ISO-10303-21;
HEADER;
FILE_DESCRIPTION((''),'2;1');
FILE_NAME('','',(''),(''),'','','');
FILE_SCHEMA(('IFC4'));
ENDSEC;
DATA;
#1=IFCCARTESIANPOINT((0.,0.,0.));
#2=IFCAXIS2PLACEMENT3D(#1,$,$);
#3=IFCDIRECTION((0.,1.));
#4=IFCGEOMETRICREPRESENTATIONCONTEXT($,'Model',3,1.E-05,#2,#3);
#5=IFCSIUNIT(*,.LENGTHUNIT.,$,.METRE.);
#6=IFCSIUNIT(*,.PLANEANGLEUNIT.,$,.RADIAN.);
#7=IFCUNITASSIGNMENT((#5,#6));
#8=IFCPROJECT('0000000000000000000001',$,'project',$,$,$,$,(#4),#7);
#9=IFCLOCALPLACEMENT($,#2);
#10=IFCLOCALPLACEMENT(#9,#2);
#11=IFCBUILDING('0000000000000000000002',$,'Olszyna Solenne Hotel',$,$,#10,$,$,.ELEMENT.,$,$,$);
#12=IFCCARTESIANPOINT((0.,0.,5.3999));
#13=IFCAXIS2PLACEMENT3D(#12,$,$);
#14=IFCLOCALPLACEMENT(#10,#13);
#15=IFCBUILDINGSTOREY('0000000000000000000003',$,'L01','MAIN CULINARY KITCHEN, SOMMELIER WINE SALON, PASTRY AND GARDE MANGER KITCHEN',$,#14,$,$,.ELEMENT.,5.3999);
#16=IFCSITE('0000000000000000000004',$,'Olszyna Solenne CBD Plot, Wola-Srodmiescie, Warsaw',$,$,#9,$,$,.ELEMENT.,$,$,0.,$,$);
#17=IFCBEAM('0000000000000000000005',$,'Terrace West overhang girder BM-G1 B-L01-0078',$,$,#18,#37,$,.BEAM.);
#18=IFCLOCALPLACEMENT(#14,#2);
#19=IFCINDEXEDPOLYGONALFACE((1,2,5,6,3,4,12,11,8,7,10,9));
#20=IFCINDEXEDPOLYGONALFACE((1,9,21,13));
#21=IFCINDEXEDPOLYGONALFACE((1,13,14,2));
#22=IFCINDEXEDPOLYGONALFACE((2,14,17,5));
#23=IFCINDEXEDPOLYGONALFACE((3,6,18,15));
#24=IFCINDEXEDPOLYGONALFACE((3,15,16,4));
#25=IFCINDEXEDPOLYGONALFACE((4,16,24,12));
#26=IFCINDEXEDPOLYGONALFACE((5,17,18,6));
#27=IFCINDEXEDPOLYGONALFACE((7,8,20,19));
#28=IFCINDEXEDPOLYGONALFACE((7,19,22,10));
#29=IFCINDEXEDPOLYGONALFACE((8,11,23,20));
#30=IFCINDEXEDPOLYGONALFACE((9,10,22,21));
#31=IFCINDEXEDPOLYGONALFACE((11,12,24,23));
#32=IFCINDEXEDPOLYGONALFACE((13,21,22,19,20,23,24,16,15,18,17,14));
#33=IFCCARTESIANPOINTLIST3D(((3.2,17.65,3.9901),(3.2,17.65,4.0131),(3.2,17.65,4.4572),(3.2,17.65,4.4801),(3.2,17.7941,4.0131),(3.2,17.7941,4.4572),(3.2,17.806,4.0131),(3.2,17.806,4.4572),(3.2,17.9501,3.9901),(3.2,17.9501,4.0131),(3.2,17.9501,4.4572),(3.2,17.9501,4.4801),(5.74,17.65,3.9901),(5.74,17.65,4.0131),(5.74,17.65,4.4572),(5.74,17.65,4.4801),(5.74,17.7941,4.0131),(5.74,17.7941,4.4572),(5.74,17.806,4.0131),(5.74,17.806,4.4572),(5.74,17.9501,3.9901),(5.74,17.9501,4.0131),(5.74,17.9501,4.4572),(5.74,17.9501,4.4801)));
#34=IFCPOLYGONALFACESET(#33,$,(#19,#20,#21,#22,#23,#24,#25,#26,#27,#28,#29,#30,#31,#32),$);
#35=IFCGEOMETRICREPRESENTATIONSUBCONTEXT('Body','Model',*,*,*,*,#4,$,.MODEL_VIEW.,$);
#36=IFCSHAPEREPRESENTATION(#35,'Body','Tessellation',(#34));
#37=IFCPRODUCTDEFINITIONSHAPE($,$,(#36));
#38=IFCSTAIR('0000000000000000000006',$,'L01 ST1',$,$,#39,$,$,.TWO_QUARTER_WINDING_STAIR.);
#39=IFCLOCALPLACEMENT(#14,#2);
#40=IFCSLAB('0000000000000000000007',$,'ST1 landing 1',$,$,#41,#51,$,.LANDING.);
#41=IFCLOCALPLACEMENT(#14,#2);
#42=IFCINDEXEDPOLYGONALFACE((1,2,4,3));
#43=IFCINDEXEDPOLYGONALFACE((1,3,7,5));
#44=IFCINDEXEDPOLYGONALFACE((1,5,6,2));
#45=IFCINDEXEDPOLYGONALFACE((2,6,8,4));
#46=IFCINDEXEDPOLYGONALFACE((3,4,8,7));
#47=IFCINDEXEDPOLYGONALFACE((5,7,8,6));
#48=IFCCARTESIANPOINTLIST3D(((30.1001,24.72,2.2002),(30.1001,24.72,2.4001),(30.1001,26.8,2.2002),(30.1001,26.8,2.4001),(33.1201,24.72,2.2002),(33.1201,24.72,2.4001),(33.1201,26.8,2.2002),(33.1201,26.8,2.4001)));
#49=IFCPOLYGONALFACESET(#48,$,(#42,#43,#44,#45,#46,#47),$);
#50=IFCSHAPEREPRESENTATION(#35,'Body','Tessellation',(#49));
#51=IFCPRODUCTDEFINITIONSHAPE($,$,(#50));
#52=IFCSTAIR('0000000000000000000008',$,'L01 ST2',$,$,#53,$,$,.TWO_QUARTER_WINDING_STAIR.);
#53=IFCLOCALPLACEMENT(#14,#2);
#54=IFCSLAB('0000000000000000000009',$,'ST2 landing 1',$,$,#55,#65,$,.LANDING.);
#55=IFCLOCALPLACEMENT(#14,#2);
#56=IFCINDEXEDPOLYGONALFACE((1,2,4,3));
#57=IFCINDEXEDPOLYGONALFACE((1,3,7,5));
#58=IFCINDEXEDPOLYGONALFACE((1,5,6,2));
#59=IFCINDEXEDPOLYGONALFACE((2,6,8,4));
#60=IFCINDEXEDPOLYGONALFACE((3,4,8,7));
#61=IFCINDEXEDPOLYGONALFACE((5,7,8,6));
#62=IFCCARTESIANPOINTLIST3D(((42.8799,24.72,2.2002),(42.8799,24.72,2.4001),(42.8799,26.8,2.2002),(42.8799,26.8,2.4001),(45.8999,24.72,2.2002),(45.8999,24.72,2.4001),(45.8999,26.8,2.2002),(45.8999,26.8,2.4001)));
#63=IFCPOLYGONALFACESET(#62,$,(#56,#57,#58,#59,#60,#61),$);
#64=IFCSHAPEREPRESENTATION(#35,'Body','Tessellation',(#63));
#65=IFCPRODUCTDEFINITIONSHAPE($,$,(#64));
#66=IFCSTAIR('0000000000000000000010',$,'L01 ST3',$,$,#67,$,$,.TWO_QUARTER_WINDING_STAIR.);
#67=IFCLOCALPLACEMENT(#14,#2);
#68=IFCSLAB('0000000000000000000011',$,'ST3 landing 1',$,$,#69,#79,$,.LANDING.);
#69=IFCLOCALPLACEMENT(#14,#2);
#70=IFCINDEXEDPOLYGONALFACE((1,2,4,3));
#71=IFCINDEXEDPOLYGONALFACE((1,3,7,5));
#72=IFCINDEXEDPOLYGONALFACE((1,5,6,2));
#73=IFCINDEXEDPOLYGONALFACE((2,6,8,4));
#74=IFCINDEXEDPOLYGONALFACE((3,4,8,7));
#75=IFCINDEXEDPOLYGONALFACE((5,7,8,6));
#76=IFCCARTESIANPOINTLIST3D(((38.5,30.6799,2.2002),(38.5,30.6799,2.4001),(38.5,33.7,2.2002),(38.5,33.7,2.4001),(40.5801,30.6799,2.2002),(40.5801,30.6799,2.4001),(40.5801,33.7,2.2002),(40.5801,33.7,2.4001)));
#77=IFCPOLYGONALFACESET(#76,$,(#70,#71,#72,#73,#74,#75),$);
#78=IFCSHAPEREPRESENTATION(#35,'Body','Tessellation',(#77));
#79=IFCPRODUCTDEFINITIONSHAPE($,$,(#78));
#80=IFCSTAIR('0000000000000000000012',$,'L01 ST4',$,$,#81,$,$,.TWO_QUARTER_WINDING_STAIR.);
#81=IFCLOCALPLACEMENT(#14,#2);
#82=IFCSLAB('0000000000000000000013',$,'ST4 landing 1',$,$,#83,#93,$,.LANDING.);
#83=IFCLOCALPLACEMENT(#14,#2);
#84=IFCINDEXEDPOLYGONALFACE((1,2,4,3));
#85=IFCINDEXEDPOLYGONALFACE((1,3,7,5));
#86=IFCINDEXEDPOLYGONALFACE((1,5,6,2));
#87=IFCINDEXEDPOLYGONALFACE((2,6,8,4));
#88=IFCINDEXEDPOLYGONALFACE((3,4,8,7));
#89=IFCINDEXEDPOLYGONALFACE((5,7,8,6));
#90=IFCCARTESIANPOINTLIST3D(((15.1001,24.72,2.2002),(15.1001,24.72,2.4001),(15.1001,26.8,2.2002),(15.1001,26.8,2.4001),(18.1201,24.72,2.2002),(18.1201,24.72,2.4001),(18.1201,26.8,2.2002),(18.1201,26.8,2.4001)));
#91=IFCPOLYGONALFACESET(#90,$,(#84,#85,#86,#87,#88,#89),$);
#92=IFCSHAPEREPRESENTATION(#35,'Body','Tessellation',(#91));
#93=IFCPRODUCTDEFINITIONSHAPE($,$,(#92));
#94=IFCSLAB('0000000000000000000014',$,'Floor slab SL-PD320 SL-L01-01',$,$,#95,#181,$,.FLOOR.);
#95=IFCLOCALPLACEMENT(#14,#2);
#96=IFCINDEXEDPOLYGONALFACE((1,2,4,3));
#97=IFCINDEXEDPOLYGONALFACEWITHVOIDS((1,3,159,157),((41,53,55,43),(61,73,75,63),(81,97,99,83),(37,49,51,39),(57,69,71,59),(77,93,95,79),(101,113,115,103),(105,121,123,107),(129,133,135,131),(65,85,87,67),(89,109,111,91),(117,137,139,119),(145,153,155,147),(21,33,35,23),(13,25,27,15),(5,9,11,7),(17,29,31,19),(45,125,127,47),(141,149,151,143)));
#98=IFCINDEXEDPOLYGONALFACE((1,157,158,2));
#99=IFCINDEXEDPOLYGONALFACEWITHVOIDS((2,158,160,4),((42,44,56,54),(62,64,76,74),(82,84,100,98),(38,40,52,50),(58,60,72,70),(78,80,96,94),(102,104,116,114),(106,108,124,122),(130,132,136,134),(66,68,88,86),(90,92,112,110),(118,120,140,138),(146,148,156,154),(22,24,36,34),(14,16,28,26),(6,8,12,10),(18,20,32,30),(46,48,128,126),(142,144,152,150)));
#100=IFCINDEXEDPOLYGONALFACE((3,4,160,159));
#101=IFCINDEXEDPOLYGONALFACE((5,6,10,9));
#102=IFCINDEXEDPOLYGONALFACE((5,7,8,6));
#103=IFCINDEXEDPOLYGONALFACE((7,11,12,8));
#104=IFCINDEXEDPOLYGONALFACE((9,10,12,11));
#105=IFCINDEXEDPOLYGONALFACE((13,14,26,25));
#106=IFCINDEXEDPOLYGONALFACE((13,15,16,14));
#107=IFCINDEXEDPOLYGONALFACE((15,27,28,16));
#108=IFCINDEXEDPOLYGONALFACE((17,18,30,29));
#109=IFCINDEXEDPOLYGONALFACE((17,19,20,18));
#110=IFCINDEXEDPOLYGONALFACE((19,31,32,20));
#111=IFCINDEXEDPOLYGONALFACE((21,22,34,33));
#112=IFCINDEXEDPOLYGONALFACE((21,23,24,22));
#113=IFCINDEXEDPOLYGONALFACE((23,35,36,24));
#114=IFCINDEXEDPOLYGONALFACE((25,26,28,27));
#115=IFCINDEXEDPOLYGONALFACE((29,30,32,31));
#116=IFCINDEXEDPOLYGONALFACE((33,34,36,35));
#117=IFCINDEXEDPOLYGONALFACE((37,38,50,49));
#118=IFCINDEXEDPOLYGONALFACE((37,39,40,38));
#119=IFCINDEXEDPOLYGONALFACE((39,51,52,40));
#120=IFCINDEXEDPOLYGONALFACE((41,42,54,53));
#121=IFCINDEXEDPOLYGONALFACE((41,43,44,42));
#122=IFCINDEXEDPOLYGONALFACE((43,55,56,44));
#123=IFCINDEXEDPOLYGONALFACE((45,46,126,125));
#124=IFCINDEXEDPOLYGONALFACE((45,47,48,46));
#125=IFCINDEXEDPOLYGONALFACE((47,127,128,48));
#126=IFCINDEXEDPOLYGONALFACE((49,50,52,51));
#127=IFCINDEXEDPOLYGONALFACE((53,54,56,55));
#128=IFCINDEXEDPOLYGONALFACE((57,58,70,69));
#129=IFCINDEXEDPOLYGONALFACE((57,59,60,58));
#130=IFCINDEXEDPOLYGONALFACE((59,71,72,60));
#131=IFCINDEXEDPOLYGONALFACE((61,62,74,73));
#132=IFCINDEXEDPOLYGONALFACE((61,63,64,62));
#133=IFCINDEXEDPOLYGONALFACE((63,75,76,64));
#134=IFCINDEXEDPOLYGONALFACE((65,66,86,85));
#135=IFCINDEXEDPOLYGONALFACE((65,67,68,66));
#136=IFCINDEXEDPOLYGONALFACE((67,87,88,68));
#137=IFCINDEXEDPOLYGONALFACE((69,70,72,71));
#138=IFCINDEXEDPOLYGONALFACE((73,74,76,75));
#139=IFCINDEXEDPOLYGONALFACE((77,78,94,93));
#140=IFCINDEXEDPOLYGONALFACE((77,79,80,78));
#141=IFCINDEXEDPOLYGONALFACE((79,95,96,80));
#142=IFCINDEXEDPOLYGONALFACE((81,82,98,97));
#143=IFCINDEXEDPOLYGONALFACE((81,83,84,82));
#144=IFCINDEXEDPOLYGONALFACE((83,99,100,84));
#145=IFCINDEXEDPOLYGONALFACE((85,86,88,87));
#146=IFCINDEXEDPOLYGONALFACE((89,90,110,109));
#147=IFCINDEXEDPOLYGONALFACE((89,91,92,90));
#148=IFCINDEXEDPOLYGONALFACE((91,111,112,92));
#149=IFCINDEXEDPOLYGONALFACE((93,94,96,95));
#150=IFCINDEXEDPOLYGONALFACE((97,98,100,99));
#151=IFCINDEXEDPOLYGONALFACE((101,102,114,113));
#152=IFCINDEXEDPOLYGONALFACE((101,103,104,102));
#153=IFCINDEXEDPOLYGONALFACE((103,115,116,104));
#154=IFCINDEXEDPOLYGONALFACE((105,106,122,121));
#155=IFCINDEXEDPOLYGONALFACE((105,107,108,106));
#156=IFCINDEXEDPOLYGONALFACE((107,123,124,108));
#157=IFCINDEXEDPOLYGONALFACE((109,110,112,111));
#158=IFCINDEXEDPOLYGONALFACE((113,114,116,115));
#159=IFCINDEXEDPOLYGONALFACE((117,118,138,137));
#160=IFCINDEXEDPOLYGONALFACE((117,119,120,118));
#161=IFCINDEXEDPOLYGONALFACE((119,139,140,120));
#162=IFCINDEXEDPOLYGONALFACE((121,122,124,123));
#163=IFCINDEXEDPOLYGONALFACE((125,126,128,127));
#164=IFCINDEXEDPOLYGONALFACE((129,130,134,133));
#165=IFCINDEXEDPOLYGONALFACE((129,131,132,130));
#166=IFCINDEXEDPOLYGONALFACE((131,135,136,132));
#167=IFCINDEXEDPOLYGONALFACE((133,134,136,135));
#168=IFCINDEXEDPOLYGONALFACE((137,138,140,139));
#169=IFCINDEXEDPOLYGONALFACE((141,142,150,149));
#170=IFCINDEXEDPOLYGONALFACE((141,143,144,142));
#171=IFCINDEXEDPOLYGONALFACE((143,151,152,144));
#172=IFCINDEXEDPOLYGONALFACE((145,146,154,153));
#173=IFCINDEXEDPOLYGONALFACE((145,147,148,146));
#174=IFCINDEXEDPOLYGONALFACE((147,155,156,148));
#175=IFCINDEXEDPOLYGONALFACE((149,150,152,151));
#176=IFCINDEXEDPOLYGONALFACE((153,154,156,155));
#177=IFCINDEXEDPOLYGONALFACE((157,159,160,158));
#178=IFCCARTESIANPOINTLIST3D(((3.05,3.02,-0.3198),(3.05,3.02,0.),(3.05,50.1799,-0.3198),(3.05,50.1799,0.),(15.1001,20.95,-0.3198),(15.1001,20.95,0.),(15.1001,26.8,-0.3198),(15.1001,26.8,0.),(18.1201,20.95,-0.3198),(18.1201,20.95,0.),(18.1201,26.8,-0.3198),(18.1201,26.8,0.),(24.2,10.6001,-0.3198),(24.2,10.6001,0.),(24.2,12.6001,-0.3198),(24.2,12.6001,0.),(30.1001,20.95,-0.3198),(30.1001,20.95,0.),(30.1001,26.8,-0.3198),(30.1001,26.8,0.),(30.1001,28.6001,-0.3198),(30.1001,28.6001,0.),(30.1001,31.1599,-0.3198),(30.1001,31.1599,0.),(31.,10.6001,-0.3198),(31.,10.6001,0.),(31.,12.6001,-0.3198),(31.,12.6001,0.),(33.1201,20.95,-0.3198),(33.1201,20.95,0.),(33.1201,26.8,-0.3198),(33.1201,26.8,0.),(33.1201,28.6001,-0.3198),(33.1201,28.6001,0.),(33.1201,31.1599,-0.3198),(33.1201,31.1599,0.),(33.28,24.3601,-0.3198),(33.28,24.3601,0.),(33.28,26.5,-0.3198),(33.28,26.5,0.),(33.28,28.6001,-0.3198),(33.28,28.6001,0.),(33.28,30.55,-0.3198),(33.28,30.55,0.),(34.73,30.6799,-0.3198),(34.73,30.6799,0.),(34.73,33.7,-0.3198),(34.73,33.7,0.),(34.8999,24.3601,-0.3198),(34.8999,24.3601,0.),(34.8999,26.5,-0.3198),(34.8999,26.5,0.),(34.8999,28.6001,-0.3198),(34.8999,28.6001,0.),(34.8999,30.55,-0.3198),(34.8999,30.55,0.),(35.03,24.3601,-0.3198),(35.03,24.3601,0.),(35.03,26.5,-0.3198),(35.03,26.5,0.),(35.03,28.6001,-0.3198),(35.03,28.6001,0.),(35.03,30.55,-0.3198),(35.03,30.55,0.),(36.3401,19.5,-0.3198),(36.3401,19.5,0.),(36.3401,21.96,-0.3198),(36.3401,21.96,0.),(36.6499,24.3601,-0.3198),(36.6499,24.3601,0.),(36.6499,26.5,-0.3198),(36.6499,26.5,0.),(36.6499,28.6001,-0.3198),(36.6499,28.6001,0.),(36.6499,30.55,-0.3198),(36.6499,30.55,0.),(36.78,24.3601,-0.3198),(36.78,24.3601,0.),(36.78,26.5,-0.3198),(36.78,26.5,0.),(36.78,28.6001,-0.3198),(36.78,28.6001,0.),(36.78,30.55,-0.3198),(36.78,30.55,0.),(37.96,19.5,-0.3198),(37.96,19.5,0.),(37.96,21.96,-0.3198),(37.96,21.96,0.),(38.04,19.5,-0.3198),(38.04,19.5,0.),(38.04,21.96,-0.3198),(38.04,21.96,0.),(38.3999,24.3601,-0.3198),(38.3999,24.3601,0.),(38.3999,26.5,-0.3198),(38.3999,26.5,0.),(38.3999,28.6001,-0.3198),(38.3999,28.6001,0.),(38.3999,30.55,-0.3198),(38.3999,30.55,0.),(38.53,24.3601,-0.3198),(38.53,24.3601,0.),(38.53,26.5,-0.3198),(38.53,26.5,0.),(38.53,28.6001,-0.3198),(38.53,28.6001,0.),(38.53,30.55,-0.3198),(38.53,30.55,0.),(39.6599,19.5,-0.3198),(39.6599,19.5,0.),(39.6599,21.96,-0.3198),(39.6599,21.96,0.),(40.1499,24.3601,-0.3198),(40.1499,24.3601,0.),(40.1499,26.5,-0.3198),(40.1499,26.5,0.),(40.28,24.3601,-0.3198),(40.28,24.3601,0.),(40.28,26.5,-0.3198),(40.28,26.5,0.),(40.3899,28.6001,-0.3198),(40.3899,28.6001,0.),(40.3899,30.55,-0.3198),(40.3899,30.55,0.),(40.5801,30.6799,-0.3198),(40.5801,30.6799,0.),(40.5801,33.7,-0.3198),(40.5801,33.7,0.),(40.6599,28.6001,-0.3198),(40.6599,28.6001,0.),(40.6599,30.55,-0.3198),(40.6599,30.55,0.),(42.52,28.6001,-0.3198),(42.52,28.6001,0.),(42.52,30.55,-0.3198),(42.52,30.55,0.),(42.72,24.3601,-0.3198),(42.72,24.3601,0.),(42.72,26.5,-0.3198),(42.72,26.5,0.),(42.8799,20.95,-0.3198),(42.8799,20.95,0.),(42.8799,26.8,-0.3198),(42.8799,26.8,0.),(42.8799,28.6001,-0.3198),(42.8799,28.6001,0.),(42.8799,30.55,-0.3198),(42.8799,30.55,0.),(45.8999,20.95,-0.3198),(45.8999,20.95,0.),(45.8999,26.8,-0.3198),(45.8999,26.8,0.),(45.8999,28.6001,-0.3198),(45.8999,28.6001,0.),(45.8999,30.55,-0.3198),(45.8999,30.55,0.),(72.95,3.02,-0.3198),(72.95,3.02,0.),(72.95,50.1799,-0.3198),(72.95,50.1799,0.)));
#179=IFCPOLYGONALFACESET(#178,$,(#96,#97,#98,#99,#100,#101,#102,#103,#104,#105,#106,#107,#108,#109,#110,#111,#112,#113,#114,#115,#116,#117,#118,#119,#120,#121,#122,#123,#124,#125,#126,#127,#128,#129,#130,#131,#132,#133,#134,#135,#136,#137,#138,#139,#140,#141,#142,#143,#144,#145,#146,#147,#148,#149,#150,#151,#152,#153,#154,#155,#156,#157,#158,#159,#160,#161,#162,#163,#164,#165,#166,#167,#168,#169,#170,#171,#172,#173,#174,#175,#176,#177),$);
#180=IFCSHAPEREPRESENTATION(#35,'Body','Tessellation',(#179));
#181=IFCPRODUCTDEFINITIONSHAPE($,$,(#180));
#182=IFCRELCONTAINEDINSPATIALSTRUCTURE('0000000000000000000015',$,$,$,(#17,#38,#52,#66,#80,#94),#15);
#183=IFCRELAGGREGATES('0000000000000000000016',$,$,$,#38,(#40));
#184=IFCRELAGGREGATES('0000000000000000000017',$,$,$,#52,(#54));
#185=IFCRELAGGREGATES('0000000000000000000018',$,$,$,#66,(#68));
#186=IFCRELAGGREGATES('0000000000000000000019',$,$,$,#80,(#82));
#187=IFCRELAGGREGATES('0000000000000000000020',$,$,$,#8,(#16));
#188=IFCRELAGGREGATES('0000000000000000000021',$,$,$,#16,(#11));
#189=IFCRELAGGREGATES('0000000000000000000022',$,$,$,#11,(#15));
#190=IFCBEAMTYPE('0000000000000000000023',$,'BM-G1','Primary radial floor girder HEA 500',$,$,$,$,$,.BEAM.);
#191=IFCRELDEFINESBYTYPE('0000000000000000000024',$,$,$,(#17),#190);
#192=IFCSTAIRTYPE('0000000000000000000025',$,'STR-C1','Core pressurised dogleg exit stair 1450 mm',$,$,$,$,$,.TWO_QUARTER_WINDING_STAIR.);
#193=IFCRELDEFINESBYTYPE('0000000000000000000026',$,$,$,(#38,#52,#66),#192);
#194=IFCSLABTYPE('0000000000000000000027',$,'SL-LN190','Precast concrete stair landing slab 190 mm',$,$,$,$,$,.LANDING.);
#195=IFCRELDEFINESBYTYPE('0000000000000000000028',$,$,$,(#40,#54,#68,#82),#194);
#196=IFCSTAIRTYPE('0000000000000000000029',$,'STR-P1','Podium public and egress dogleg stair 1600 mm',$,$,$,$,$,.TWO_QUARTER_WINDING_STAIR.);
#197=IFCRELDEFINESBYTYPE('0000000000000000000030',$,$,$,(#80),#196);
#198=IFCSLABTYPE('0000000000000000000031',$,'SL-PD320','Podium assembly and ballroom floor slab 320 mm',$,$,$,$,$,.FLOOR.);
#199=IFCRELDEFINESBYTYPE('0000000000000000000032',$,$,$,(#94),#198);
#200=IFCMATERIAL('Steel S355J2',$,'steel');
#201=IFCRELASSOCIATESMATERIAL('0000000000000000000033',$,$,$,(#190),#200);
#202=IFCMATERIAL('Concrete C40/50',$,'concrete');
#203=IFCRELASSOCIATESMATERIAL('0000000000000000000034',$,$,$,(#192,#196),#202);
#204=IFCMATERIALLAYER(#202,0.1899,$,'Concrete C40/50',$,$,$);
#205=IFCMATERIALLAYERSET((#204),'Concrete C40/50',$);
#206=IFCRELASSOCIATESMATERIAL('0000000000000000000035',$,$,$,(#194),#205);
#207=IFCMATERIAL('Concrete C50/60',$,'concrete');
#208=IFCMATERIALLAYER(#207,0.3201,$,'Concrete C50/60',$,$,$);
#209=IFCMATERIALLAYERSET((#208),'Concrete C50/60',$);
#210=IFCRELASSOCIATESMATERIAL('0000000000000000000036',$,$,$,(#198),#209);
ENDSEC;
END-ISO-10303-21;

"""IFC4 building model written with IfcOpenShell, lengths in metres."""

from ifc_helpers import new_model, si_unit, direction, frame, origin, origin_2d, place, context, subcontext, project, spatial, polyline, i_section, outline, extrude, source, transform, mapped, material, layer, layer_set, material_profile, profile_set, type_object, element, aggregate, save


model = new_model("IFC4")

# Units and contexts
model_context = context("Model", 3, precision=1e-05, world=origin(), true_north=direction((0.0, 1.0)))
body_context = subcontext(model_context, "Body", "Model", "MODEL_VIEW")
ifc_project = project(units=[si_unit("LENGTHUNIT", "METRE"), si_unit("PLANEANGLEUNIT", "RADIAN")], contexts=[model_context])

# Site, building, storey
site_placement = place(None, origin())
site = spatial("IfcSite", under=ifc_project, at=site_placement, Name="Olszyna Solenne CBD Plot, Wola-Srodmiescie, Warsaw", CompositionType="ELEMENT", RefElevation=0.0)
building_placement = place(site_placement, origin())
building = spatial("IfcBuilding", under=site, at=building_placement, Name="Olszyna Solenne Hotel", CompositionType="ELEMENT")
storey_placement = place(building_placement, frame((0.0, 0.0, 5.3999)))
storey = spatial("IfcBuildingStorey", under=building, at=storey_placement, Name="L01", Description="MAIN CULINARY KITCHEN, SOMMELIER WINE SALON, PASTRY AND GARDE MANGER KITCHEN", CompositionType="ELEMENT", Elevation=5.3999)

# Shared definitions
ifc_material_1 = material(Name="Concrete C50/60", Category="concrete")

# Beam
ifc_material_2 = material(Name="Steel S355J2", Category="steel")
ifc_material_profile_1 = material_profile(ifc_material_2, i_section(OverallWidth=0.3, OverallDepth=0.49, WebThickness=0.012, FlangeThickness=0.0229, at=origin_2d()), Name="HEA 500", Category="load-bearing")
ifc_profile_set_1 = profile_set([ifc_material_profile_1], Name="Steel S355J2")
beam_type_1 = type_object("IfcBeamType", Name="BM-G1", Description="Primary radial floor girder HEA 500", PredefinedType="BEAM", material=ifc_profile_set_1)
shared_shape_1 = source(origin(), body_context, "Body", "SweptSolid", [
    extrude(i_section(OverallWidth=0.3, OverallDepth=0.49, WebThickness=0.012, FlangeThickness=0.0229, at=origin_2d()), origin(), (0.0, 0.0, 1.0), 2.54),
])
for number, where, z_axis, x_axis, name in (
    (1, (3.2, 17.8, 4.2351), (1.0, 0.0, 0.0), (0.0, 1.0, 0.0), "Terrace West overhang girder BM-G1 B-L01-0078"),
):
    element("IfcBeam", number, at=place(storey_placement, frame(where, z_axis=z_axis, x_axis=x_axis)), inside=storey, type_object=beam_type_1, Name=name, PredefinedType="BEAM", context=body_context, shape_type="MappedRepresentation", body=[
        mapped(shared_shape_1, transform((0.0, 0.0, 0.0), x_axis=(1.0, 0.0, 0.0), y_axis=(0.0, 1.0, 0.0), z_axis=(0.0, 0.0, 1.0), scale=1.0)),
    ])

# Stairs, slabs
ifc_material_3 = material(Name="Concrete C40/50", Category="concrete")
stair_type_1 = type_object("IfcStairType", Name="STR-C1", Description="Core pressurised dogleg exit stair 1450 mm", PredefinedType="TWO_QUARTER_WINDING_STAIR", material=ifc_material_3)
stair_1_placement = place(storey_placement, origin())
stair_1 = element("IfcStair", 2, at=stair_1_placement, inside=storey, type_object=stair_type_1, Name="L01 ST1", PredefinedType="TWO_QUARTER_WINDING_STAIR")
ifc_layer_1 = layer(ifc_material_3, 0.1899, Name="Concrete C40/50")
ifc_layer_set_1 = layer_set([ifc_layer_1], Name="Concrete C40/50")
slab_type_1 = type_object("IfcSlabType", Name="SL-LN190", Description="Precast concrete stair landing slab 190 mm", PredefinedType="LANDING", material=ifc_layer_set_1)
slab_1_placement = place(storey_placement, frame((0.0, 0.0, 2.2002)))
slab_1 = element("IfcSlab", 3, at=slab_1_placement, type_object=slab_type_1, Name="ST1 landing 1", PredefinedType="LANDING", context=body_context, shape_type="SweptSolid", body=[
    extrude(outline(polyline([(33.1201, 24.72), (33.1201, 26.8), (30.1001, 26.8), (30.1001, 24.72), (33.1201, 24.72)])), origin(), (0.0, 0.0, 1.0), 0.2),
])
aggregate(stair_1, [slab_1])
stair_2_placement = place(storey_placement, origin())
stair_2 = element("IfcStair", 4, at=stair_2_placement, inside=storey, type_object=stair_type_1, Name="L01 ST2", PredefinedType="TWO_QUARTER_WINDING_STAIR")
slab_2_placement = place(storey_placement, frame((0.0, 0.0, 2.2002)))
slab_2 = element("IfcSlab", 5, at=slab_2_placement, type_object=slab_type_1, Name="ST2 landing 1", PredefinedType="LANDING", context=body_context, shape_type="SweptSolid", body=[
    extrude(outline(polyline([(45.8999, 24.72), (45.8999, 26.8), (42.8799, 26.8), (42.8799, 24.72), (45.8999, 24.72)])), origin(), (0.0, 0.0, 1.0), 0.2),
])
aggregate(stair_2, [slab_2])
stair_3_placement = place(storey_placement, origin())
stair_3 = element("IfcStair", 6, at=stair_3_placement, inside=storey, type_object=stair_type_1, Name="L01 ST3", PredefinedType="TWO_QUARTER_WINDING_STAIR")
slab_3_placement = place(storey_placement, frame((0.0, 0.0, 2.2002)))
slab_3 = element("IfcSlab", 7, at=slab_3_placement, type_object=slab_type_1, Name="ST3 landing 1", PredefinedType="LANDING", context=body_context, shape_type="SweptSolid", body=[
    extrude(outline(polyline([(38.5, 30.6799), (40.5801, 30.6799), (40.5801, 33.7), (38.5, 33.7), (38.5, 30.6799)])), origin(), (0.0, 0.0, 1.0), 0.2),
])
aggregate(stair_3, [slab_3])
stair_type_2 = type_object("IfcStairType", Name="STR-P1", Description="Podium public and egress dogleg stair 1600 mm", PredefinedType="TWO_QUARTER_WINDING_STAIR", material=ifc_material_3)
stair_4_placement = place(storey_placement, origin())
stair_4 = element("IfcStair", 8, at=stair_4_placement, inside=storey, type_object=stair_type_2, Name="L01 ST4", PredefinedType="TWO_QUARTER_WINDING_STAIR")
slab_4_placement = place(storey_placement, frame((0.0, 0.0, 2.2002)))
slab_4 = element("IfcSlab", 9, at=slab_4_placement, type_object=slab_type_1, Name="ST4 landing 1", PredefinedType="LANDING", context=body_context, shape_type="SweptSolid", body=[
    extrude(outline(polyline([(18.1201, 24.72), (18.1201, 26.8), (15.1001, 26.8), (15.1001, 24.72), (18.1201, 24.72)])), origin(), (0.0, 0.0, 1.0), 0.2),
])
aggregate(stair_4, [slab_4])

# Slab
ifc_layer_2 = layer(ifc_material_1, 0.3201, Name="Concrete C50/60")
ifc_layer_set_2 = layer_set([ifc_layer_2], Name="Concrete C50/60")
slab_type_2 = type_object("IfcSlabType", Name="SL-PD320", Description="Podium assembly and ballroom floor slab 320 mm", PredefinedType="FLOOR", material=ifc_layer_set_2)
slab_5_placement = place(storey_placement, frame((0.0, 0.0, -0.3198)))
element("IfcSlab", 10, at=slab_5_placement, inside=storey, type_object=slab_type_2, Name="Floor slab SL-PD320 SL-L01-01", PredefinedType="FLOOR", context=body_context, shape_type="SweptSolid", body=[
    extrude(outline(polyline([(3.05, 3.02), (72.95, 3.02), (72.95, 50.1799), (3.05, 50.1799), (3.05, 3.02)]), holes=[polyline([(30.1001, 20.95), (33.1201, 20.95), (33.1201, 26.8), (30.1001, 26.8), (30.1001, 20.95)]), polyline([(42.8799, 20.95), (45.8999, 20.95), (45.8999, 26.8), (42.8799, 26.8), (42.8799, 20.95)]), polyline([(34.73, 30.6799), (40.5801, 30.6799), (40.5801, 33.7), (34.73, 33.7), (34.73, 30.6799)]), polyline([(15.1001, 20.95), (18.1201, 20.95), (18.1201, 26.8), (15.1001, 26.8), (15.1001, 20.95)]), polyline([(36.3401, 19.5), (37.96, 19.5), (37.96, 21.96), (36.3401, 21.96), (36.3401, 19.5)]), polyline([(38.04, 19.5), (39.6599, 19.5), (39.6599, 21.96), (38.04, 21.96), (38.04, 19.5)]), polyline([(30.1001, 28.6001), (33.1201, 28.6001), (33.1201, 31.1599), (30.1001, 31.1599), (30.1001, 28.6001)]), polyline([(33.28, 24.3601), (34.8999, 24.3601), (34.8999, 26.5), (33.28, 26.5), (33.28, 24.3601)]), polyline([(35.03, 24.3601), (36.6499, 24.3601), (36.6499, 26.5), (35.03, 26.5), (35.03, 24.3601)]), polyline([(36.78, 24.3601), (38.3999, 24.3601), (38.3999, 26.5), (36.78, 26.5), (36.78, 24.3601)]), polyline([(38.53, 24.3601), (40.1499, 24.3601), (40.1499, 26.5), (38.53, 26.5), (38.53, 24.3601)]), polyline([(40.28, 24.3601), (42.72, 24.3601), (42.72, 26.5), (40.28, 26.5), (40.28, 24.3601)]), polyline([(33.28, 28.6001), (34.8999, 28.6001), (34.8999, 30.55), (33.28, 30.55), (33.28, 28.6001)]), polyline([(35.03, 28.6001), (36.6499, 28.6001), (36.6499, 30.55), (35.03, 30.55), (35.03, 28.6001)]), polyline([(36.78, 28.6001), (38.3999, 28.6001), (38.3999, 30.55), (36.78, 30.55), (36.78, 28.6001)]), polyline([(38.53, 28.6001), (40.3899, 28.6001), (40.3899, 30.55), (38.53, 30.55), (38.53, 28.6001)]), polyline([(40.6599, 28.6001), (42.52, 28.6001), (42.52, 30.55), (40.6599, 30.55), (40.6599, 28.6001)]), polyline([(42.8799, 28.6001), (45.8999, 28.6001), (45.8999, 30.55), (42.8799, 30.55), (42.8799, 28.6001)]), polyline([(24.2, 10.6001), (31.0, 10.6001), (31.0, 12.6001), (24.2, 12.6001), (24.2, 10.6001)])]), origin(), (0.0, 0.0, 1.0), 0.3198),
])

save(model, "model.ifc")
